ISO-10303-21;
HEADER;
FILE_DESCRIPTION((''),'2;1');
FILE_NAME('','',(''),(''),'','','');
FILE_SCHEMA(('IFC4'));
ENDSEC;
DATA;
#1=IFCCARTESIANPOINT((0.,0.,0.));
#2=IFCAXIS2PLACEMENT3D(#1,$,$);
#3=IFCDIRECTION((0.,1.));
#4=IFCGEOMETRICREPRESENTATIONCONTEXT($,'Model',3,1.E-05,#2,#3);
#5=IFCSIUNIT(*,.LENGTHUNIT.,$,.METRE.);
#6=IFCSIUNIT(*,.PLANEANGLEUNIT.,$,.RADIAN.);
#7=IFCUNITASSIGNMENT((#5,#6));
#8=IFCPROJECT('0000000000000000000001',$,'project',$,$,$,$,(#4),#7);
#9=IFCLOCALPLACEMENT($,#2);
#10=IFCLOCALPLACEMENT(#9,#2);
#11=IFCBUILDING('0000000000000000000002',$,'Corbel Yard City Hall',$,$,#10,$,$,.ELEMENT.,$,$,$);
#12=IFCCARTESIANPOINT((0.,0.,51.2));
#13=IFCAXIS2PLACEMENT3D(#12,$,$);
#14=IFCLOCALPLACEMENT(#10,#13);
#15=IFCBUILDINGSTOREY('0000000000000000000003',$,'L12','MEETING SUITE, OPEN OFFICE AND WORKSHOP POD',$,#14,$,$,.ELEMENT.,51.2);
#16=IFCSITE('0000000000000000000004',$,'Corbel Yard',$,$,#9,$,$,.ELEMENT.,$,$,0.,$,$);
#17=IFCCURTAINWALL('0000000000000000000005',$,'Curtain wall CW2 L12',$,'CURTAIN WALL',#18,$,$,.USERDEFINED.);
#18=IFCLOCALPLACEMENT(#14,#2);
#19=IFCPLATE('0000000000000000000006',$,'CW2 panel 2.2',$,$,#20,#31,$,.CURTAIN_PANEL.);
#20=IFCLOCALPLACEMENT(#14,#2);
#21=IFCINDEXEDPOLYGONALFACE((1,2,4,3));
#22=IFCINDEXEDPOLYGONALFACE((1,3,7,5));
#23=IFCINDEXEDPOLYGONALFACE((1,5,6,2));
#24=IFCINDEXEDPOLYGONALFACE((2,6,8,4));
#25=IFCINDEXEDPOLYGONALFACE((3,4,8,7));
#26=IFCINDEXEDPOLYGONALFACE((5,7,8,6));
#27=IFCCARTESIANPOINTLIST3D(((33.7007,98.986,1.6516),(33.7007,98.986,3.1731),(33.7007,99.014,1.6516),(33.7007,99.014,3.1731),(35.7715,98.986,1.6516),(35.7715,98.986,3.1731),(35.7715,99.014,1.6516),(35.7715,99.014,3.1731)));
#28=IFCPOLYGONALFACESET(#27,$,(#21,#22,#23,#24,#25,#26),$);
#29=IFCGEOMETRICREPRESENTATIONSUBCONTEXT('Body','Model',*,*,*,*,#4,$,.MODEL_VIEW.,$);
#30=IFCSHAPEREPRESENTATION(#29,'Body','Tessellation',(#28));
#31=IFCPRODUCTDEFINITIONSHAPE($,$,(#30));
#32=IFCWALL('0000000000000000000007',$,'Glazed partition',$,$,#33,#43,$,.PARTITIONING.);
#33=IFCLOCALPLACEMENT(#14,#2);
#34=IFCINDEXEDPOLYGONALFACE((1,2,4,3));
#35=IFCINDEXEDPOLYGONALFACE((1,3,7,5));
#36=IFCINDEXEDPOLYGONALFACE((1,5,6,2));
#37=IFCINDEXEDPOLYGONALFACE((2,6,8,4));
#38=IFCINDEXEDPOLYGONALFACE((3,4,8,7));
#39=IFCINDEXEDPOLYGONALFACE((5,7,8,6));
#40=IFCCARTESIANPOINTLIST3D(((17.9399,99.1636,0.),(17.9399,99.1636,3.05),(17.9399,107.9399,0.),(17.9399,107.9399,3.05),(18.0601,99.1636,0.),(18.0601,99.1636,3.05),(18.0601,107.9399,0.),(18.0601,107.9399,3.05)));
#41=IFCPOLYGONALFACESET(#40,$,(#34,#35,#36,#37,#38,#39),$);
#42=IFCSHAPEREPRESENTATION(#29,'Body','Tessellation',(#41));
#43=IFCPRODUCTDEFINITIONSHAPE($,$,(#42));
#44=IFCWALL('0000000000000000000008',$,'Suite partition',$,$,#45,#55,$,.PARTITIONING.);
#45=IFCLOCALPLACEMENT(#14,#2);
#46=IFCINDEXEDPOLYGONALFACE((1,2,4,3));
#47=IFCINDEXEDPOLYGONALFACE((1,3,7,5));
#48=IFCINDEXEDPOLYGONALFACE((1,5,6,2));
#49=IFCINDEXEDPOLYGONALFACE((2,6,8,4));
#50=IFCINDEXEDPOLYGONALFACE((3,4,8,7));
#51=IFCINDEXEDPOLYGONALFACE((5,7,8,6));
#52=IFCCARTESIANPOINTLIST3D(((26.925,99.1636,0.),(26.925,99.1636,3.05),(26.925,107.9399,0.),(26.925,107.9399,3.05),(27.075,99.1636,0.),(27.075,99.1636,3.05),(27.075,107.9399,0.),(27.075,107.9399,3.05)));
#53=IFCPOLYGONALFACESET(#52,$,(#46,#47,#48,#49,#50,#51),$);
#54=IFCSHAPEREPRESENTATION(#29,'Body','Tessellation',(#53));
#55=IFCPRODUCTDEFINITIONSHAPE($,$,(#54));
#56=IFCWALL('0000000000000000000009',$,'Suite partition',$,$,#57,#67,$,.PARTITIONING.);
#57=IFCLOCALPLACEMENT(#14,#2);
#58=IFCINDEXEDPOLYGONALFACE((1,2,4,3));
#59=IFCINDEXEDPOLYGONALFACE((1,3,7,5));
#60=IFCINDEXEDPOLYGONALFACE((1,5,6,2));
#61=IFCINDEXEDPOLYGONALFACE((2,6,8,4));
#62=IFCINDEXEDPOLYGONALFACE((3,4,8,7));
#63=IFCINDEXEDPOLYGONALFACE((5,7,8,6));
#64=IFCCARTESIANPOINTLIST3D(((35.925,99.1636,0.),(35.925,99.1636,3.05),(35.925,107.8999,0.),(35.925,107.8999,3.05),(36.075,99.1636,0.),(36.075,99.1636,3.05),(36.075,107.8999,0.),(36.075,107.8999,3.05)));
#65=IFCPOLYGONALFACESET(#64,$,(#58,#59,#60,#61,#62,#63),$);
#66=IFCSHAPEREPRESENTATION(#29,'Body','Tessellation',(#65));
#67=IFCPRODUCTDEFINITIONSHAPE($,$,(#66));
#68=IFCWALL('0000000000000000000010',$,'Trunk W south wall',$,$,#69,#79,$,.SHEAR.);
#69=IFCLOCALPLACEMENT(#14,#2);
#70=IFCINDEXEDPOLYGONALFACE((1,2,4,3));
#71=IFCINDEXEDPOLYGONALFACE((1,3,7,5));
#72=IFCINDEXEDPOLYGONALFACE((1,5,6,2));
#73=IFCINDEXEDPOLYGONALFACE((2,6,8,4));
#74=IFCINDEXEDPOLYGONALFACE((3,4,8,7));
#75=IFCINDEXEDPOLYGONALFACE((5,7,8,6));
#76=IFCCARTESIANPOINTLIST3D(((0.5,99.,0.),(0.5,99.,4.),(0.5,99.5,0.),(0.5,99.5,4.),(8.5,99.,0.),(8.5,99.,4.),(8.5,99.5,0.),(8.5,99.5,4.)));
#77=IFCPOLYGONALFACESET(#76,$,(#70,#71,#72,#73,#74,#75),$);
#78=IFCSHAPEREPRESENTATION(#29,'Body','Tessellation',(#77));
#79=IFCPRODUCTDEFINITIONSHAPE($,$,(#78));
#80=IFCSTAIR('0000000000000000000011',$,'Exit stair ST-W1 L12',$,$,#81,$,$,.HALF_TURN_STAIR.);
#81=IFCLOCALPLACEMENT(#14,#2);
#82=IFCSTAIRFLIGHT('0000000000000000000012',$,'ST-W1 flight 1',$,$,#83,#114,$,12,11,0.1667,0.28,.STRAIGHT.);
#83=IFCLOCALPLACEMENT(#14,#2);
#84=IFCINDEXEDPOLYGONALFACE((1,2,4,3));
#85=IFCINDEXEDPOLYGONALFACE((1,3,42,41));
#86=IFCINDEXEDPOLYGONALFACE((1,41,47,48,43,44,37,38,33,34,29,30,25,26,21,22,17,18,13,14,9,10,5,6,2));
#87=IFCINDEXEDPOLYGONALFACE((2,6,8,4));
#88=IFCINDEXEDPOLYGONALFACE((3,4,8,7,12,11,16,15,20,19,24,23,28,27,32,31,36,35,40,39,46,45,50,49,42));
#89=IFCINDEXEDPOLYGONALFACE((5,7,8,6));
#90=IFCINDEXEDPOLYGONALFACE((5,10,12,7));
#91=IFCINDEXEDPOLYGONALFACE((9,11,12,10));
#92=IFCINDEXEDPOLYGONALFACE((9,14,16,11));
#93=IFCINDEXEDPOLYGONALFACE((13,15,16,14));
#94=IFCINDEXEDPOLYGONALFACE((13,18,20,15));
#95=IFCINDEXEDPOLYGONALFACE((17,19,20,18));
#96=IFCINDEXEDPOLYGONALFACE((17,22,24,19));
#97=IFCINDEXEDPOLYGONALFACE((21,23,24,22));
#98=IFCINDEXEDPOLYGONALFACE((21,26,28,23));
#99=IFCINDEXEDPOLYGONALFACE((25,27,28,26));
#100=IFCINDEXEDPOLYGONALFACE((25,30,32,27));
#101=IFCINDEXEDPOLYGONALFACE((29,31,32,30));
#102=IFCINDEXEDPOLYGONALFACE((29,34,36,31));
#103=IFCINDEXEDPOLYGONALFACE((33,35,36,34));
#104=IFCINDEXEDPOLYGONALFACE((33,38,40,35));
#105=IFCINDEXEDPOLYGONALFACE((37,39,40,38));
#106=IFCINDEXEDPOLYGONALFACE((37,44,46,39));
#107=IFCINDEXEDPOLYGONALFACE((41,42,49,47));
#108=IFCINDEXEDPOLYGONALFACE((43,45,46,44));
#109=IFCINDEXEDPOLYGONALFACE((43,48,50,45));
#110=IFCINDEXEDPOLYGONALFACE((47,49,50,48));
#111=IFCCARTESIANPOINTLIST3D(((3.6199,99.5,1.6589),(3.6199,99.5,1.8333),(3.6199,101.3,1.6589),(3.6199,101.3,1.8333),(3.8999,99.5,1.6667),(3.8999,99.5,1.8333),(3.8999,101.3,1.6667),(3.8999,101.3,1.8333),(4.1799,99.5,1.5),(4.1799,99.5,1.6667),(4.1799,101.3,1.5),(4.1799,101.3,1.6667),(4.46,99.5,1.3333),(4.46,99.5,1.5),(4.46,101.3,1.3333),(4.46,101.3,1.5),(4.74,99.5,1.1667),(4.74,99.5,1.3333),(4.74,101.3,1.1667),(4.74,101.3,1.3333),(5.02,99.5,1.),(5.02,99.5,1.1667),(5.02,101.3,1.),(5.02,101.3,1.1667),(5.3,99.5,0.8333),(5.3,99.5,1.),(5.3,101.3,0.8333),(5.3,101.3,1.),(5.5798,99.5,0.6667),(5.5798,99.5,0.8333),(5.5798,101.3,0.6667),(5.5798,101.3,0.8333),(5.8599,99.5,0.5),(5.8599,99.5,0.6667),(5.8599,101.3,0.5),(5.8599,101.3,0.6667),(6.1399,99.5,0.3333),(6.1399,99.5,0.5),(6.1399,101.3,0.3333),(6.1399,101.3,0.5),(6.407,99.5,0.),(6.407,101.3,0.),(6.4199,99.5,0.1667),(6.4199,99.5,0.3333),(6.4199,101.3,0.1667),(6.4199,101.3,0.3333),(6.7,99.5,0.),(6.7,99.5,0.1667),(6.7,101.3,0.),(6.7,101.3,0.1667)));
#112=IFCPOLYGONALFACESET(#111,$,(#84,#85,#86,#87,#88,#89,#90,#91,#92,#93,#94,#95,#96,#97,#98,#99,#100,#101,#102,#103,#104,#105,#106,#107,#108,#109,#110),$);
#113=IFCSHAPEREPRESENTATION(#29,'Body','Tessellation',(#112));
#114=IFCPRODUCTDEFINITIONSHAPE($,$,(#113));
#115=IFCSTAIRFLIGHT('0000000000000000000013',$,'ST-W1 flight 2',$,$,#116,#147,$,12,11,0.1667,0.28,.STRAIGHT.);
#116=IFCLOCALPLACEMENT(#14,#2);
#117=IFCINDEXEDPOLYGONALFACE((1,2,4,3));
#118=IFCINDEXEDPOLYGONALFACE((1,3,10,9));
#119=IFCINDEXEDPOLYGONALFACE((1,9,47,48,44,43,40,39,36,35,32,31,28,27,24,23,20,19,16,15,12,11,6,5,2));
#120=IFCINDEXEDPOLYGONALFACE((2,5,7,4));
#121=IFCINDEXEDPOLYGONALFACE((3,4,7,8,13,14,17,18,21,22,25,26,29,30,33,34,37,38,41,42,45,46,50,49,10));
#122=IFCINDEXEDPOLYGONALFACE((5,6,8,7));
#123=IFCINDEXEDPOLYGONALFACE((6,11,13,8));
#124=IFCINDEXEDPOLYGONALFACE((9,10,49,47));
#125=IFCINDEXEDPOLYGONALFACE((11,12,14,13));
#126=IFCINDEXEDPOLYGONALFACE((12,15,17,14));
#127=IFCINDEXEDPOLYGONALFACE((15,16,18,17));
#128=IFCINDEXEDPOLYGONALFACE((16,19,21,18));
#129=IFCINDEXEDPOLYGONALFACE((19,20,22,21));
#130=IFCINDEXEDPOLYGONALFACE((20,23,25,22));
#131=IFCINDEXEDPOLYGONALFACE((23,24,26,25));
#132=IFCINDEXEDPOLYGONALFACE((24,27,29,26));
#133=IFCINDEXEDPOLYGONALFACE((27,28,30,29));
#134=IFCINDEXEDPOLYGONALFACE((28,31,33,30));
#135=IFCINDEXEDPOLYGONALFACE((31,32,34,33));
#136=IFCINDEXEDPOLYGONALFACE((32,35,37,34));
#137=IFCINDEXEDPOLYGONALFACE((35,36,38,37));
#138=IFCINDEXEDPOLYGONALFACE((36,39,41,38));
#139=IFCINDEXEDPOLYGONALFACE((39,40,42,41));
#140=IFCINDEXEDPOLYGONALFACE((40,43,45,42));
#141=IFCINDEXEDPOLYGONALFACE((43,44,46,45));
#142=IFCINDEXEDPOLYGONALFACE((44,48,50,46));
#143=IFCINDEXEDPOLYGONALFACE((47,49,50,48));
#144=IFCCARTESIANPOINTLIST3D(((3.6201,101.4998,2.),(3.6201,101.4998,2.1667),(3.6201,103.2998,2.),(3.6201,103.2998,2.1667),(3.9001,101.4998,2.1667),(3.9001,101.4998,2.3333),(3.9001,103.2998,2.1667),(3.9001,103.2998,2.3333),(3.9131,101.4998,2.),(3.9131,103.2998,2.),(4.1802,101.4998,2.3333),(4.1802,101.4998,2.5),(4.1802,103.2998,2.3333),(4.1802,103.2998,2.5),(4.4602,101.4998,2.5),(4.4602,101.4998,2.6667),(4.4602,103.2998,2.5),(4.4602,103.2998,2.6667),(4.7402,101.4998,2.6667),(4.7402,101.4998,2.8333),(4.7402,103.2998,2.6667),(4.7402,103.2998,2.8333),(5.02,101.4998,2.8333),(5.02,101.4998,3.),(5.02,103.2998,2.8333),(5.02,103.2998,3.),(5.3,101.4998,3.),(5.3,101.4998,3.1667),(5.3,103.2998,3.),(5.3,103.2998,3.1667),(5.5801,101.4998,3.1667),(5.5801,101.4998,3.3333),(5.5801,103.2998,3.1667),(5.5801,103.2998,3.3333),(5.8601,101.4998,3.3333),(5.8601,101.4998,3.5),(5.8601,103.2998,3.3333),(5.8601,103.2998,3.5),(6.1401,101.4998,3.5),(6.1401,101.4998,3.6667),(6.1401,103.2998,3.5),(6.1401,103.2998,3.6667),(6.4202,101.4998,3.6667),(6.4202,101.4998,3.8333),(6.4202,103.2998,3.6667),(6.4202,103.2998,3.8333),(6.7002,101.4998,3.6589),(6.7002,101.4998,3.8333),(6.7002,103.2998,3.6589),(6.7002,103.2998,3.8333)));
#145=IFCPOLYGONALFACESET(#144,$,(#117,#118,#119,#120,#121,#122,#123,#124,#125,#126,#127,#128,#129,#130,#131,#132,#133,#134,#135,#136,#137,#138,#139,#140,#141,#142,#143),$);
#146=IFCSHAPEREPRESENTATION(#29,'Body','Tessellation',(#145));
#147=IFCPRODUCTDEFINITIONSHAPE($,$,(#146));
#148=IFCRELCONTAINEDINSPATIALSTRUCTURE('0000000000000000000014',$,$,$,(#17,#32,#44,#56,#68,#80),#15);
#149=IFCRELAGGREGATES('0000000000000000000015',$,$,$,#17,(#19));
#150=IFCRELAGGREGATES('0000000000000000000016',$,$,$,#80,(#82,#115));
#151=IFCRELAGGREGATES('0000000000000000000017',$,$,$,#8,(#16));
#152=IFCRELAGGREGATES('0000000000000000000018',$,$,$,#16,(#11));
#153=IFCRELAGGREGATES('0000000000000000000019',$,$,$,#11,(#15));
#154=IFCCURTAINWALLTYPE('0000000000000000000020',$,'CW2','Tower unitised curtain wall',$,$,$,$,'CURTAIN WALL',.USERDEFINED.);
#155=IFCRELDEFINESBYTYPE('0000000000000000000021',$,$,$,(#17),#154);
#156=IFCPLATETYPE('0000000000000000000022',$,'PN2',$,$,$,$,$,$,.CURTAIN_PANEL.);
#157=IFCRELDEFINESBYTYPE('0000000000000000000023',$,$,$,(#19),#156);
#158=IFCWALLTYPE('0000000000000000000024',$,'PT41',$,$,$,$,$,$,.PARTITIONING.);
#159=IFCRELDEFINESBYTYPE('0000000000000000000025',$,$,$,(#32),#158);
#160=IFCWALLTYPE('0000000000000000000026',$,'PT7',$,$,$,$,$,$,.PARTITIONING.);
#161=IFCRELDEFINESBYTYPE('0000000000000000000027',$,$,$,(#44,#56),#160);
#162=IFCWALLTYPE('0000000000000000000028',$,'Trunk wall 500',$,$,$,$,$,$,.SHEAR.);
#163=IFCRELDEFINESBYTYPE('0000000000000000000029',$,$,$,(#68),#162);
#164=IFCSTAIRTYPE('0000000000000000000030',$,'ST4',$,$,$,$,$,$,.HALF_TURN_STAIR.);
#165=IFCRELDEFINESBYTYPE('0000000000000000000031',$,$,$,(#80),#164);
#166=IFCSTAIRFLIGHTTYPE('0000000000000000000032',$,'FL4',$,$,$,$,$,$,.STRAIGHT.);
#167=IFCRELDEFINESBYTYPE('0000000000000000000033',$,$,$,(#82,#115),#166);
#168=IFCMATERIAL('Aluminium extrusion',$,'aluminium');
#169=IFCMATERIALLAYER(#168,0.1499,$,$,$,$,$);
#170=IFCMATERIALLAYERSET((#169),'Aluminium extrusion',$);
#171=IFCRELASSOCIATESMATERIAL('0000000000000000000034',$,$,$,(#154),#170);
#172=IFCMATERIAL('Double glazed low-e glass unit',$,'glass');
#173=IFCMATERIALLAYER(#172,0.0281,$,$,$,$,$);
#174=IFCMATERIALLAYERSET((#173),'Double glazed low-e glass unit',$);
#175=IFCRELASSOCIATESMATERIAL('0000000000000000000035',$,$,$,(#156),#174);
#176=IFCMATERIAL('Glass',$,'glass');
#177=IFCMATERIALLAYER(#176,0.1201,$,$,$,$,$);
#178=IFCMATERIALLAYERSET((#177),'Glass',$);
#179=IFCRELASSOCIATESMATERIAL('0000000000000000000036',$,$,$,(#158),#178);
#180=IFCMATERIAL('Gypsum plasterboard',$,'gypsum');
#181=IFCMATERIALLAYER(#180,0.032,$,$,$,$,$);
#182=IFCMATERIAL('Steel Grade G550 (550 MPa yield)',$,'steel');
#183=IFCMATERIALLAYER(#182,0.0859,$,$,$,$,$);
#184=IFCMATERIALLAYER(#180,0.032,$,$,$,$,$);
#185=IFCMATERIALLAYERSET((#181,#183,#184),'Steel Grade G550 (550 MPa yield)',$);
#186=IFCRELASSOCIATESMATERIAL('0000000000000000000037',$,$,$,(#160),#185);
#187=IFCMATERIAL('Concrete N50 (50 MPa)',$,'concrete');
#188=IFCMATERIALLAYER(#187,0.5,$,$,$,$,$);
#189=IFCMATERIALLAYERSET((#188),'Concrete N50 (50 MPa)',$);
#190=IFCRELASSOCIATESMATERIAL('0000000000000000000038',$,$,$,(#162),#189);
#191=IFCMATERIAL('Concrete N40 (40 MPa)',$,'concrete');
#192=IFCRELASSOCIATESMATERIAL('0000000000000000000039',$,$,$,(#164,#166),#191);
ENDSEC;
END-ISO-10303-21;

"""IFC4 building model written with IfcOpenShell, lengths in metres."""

from ifc_helpers import new_model, si_unit, direction, frame, frame_2d, origin, origin_2d, place, context, subcontext, project, spatial, polyline, rectangle, outline, extrude, material, layer, layer_set, type_object, element, aggregate, save


model = new_model("IFC4")

# Units and contexts
model_context = context("Model", 3, precision=1e-05, world=origin(), true_north=direction((0.0, 1.0)))
body_context = subcontext(model_context, "Body", "Model", "MODEL_VIEW")
ifc_project = project(units=[si_unit("LENGTHUNIT", "METRE"), si_unit("PLANEANGLEUNIT", "RADIAN")], contexts=[model_context])

# Site, building, storey
site_placement = place(None, origin())
site = spatial("IfcSite", under=ifc_project, at=site_placement, Name="Corbel Yard", CompositionType="ELEMENT", RefElevation=0.0)
building_placement = place(site_placement, origin())
building = spatial("IfcBuilding", under=site, at=building_placement, Name="Corbel Yard City Hall", CompositionType="ELEMENT")
storey_placement = place(building_placement, frame((0.0, 0.0, 51.2)))
storey = spatial("IfcBuildingStorey", under=building, at=storey_placement, Name="L12", Description="MEETING SUITE, OPEN OFFICE AND WORKSHOP POD", CompositionType="ELEMENT", Elevation=51.2)

# Curtain wall
ifc_material_1 = material(Name="Aluminium extrusion", Category="aluminium")
ifc_layer_1 = layer(ifc_material_1, 0.1499)
ifc_layer_set_1 = layer_set([ifc_layer_1], Name="Aluminium extrusion")
curtain_wall_type = type_object("IfcCurtainWallType", Name="CW2", Description="Tower unitised curtain wall", ElementType="CURTAIN WALL", PredefinedType="USERDEFINED", material=ifc_layer_set_1)
curtain_wall_1_placement = place(storey_placement, origin())
curtain_wall_1 = element("IfcCurtainWall", 1, at=curtain_wall_1_placement, inside=storey, type_object=curtain_wall_type, Name="Curtain wall CW2 L12", ObjectType="CURTAIN WALL", PredefinedType="USERDEFINED")

# Plate
ifc_material_2 = material(Name="Double glazed low-e glass unit", Category="glass")
ifc_layer_2 = layer(ifc_material_2, 0.0281)
ifc_layer_set_2 = layer_set([ifc_layer_2], Name="Double glazed low-e glass unit")
plate_type = type_object("IfcPlateType", Name="PN2", PredefinedType="CURTAIN_PANEL", material=ifc_layer_set_2)
plate_1_placement = place(storey_placement, frame((34.7361, 99.0, 1.6516), z_axis=(0.0, 0.0, 1.0), x_axis=(1.0, 0.0, 0.0)))
plate_1 = element("IfcPlate", 2, at=plate_1_placement, type_object=plate_type, Name="CW2 panel 2.2", PredefinedType="CURTAIN_PANEL", context=body_context, shape_type="SweptSolid", body=[
    extrude(rectangle(XDim=2.0708, YDim=0.0281, at=origin_2d()), origin(), (0.0, 0.0, 1.0), 1.5215),
])
aggregate(curtain_wall_1, [plate_1])

# Walls
ifc_material_3 = material(Name="Glass", Category="glass")
ifc_layer_3 = layer(ifc_material_3, 0.1201)
ifc_layer_set_3 = layer_set([ifc_layer_3], Name="Glass")
wall_type_1 = type_object("IfcWallType", Name="PT41", PredefinedType="PARTITIONING", material=ifc_layer_set_3)
wall_1_placement = place(storey_placement, frame((18.0, 99.1636, 0.0), z_axis=(0.0, 0.0, 1.0), x_axis=(0.0, 1.0, 0.0)))
element("IfcWall", 3, at=wall_1_placement, inside=storey, type_object=wall_type_1, Name="Glazed partition", PredefinedType="PARTITIONING", context=body_context, shape_type="SweptSolid", body=[
    extrude(rectangle(XDim=8.7764, YDim=0.1201, at=frame_2d((4.3882, 0.0))), origin(), (0.0, 0.0, 1.0), 3.05),
])
ifc_material_4 = material(Name="Gypsum plasterboard", Category="gypsum")
ifc_layer_4 = layer(ifc_material_4, 0.032)
ifc_material_5 = material(Name="Steel Grade G550 (550 MPa yield)", Category="steel")
ifc_layer_5 = layer(ifc_material_5, 0.0859)
ifc_layer_6 = layer(ifc_material_4, 0.032)
ifc_layer_set_4 = layer_set([ifc_layer_4, ifc_layer_5, ifc_layer_6], Name="Steel Grade G550 (550 MPa yield)")
wall_type_2 = type_object("IfcWallType", Name="PT7", PredefinedType="PARTITIONING", material=ifc_layer_set_4)
wall_2_placement = place(storey_placement, frame((27.0, 99.1636, 0.0), z_axis=(0.0, 0.0, 1.0), x_axis=(0.0, 1.0, 0.0)))
element("IfcWall", 4, at=wall_2_placement, inside=storey, type_object=wall_type_2, Name="Suite partition", PredefinedType="PARTITIONING", context=body_context, shape_type="SweptSolid", body=[
    extrude(rectangle(XDim=8.7764, YDim=0.1499, at=frame_2d((4.3882, 0.0))), origin(), (0.0, 0.0, 1.0), 3.05),
])
wall_3_placement = place(storey_placement, frame((36.0, 99.1636, 0.0), z_axis=(0.0, 0.0, 1.0), x_axis=(0.0, 1.0, 0.0)))
element("IfcWall", 5, at=wall_3_placement, inside=storey, type_object=wall_type_2, Name="Suite partition", PredefinedType="PARTITIONING", context=body_context, shape_type="SweptSolid", body=[
    extrude(rectangle(XDim=8.7363, YDim=0.1499, at=frame_2d((4.3682, 0.0))), origin(), (0.0, 0.0, 1.0), 3.05),
])
ifc_material_6 = material(Name="Concrete N50 (50 MPa)", Category="concrete")
ifc_layer_7 = layer(ifc_material_6, 0.5)
ifc_layer_set_5 = layer_set([ifc_layer_7], Name="Concrete N50 (50 MPa)")
wall_type_3 = type_object("IfcWallType", Name="Trunk wall 500", PredefinedType="SHEAR", material=ifc_layer_set_5)
wall_4_placement = place(storey_placement, frame((0.5, 99.25, 0.0), z_axis=(0.0, 0.0, 1.0), x_axis=(1.0, 0.0, 0.0)))
element("IfcWall", 6, at=wall_4_placement, inside=storey, type_object=wall_type_3, Name="Trunk W south wall", PredefinedType="SHEAR", context=body_context, shape_type="SweptSolid", body=[
    extrude(rectangle(XDim=8.0, YDim=0.5, at=frame_2d((4.0, 0.0))), origin(), (0.0, 0.0, 1.0), 4.0),
])

# Stair, stair flights
ifc_material_7 = material(Name="Concrete N40 (40 MPa)", Category="concrete")
stair_type = type_object("IfcStairType", Name="ST4", PredefinedType="HALF_TURN_STAIR", material=ifc_material_7)
stair_placement = place(storey_placement, origin())
stair = element("IfcStair", 7, at=stair_placement, inside=storey, type_object=stair_type, Name="Exit stair ST-W1 L12", PredefinedType="HALF_TURN_STAIR")
stair_flight_type = type_object("IfcStairFlightType", Name="FL4", PredefinedType="STRAIGHT", material=ifc_material_7)
stair_flight_1_placement = place(storey_placement, frame((6.7, 100.3999, 0.0), z_axis=(0.0, 0.0, 1.0), x_axis=(-1.0, 0.0, 0.0)))
stair_flight_1 = element("IfcStairFlight", 8, at=stair_flight_1_placement, type_object=stair_flight_type, Name="ST-W1 flight 1", NumberOfRisers=12, NumberOfTreads=11, PredefinedType="STRAIGHT", RiserHeight=0.1667, TreadLength=0.28, context=body_context, shape_type="SweptSolid", body=[
    extrude(outline(polyline([(0.0, 0.0), (0.0, 0.1667), (0.28, 0.1667), (0.28, 0.3333), (0.5601, 0.3333), (0.5601, 0.5), (0.8401, 0.5), (0.8401, 0.6667), (1.1201, 0.6667), (1.1201, 0.8333), (1.3999, 0.8333), (1.3999, 1.0), (1.6799, 1.0), (1.6799, 1.1667), (1.96, 1.1667), (1.96, 1.3333), (2.24, 1.3333), (2.24, 1.5), (2.52, 1.5), (2.52, 1.6667), (2.8, 1.6667), (2.8, 1.8333), (3.0801, 1.8333), (3.0801, 2.0), (3.0801, 1.6589), (0.293, 0.0), (0.0, 0.0)])), frame((0.0, 0.8999, 0.0), z_axis=(0.0, -1.0, 0.0), x_axis=(1.0, 0.0, 0.0)), (0.0, 0.0, 1.0), 1.8),
])
stair_flight_2_placement = place(storey_placement, frame((3.6201, 102.3999, 2.0), z_axis=(0.0, 0.0, 1.0), x_axis=(1.0, 0.0, 0.0)))
stair_flight_2 = element("IfcStairFlight", 9, at=stair_flight_2_placement, type_object=stair_flight_type, Name="ST-W1 flight 2", NumberOfRisers=12, NumberOfTreads=11, PredefinedType="STRAIGHT", RiserHeight=0.1667, TreadLength=0.28, context=body_context, shape_type="SweptSolid", body=[
    extrude(outline(polyline([(0.0, 0.0), (0.0, 0.1667), (0.28, 0.1667), (0.28, 0.3333), (0.5601, 0.3333), (0.5601, 0.5), (0.8401, 0.5), (0.8401, 0.6667), (1.1201, 0.6667), (1.1201, 0.8333), (1.3999, 0.8333), (1.3999, 1.0), (1.6799, 1.0), (1.6799, 1.1667), (1.96, 1.1667), (1.96, 1.3333), (2.24, 1.3333), (2.24, 1.5), (2.52, 1.5), (2.52, 1.6667), (2.8, 1.6667), (2.8, 1.8333), (3.0801, 1.8333), (3.0801, 2.0), (3.0801, 1.6589), (0.293, 0.0), (0.0, 0.0)])), frame((0.0, 0.8999, 0.0), z_axis=(0.0, -1.0, 0.0), x_axis=(1.0, 0.0, 0.0)), (0.0, 0.0, 1.0), 1.8),
])
aggregate(stair, [stair_flight_1, stair_flight_2])

save(model, "model.ifc")
